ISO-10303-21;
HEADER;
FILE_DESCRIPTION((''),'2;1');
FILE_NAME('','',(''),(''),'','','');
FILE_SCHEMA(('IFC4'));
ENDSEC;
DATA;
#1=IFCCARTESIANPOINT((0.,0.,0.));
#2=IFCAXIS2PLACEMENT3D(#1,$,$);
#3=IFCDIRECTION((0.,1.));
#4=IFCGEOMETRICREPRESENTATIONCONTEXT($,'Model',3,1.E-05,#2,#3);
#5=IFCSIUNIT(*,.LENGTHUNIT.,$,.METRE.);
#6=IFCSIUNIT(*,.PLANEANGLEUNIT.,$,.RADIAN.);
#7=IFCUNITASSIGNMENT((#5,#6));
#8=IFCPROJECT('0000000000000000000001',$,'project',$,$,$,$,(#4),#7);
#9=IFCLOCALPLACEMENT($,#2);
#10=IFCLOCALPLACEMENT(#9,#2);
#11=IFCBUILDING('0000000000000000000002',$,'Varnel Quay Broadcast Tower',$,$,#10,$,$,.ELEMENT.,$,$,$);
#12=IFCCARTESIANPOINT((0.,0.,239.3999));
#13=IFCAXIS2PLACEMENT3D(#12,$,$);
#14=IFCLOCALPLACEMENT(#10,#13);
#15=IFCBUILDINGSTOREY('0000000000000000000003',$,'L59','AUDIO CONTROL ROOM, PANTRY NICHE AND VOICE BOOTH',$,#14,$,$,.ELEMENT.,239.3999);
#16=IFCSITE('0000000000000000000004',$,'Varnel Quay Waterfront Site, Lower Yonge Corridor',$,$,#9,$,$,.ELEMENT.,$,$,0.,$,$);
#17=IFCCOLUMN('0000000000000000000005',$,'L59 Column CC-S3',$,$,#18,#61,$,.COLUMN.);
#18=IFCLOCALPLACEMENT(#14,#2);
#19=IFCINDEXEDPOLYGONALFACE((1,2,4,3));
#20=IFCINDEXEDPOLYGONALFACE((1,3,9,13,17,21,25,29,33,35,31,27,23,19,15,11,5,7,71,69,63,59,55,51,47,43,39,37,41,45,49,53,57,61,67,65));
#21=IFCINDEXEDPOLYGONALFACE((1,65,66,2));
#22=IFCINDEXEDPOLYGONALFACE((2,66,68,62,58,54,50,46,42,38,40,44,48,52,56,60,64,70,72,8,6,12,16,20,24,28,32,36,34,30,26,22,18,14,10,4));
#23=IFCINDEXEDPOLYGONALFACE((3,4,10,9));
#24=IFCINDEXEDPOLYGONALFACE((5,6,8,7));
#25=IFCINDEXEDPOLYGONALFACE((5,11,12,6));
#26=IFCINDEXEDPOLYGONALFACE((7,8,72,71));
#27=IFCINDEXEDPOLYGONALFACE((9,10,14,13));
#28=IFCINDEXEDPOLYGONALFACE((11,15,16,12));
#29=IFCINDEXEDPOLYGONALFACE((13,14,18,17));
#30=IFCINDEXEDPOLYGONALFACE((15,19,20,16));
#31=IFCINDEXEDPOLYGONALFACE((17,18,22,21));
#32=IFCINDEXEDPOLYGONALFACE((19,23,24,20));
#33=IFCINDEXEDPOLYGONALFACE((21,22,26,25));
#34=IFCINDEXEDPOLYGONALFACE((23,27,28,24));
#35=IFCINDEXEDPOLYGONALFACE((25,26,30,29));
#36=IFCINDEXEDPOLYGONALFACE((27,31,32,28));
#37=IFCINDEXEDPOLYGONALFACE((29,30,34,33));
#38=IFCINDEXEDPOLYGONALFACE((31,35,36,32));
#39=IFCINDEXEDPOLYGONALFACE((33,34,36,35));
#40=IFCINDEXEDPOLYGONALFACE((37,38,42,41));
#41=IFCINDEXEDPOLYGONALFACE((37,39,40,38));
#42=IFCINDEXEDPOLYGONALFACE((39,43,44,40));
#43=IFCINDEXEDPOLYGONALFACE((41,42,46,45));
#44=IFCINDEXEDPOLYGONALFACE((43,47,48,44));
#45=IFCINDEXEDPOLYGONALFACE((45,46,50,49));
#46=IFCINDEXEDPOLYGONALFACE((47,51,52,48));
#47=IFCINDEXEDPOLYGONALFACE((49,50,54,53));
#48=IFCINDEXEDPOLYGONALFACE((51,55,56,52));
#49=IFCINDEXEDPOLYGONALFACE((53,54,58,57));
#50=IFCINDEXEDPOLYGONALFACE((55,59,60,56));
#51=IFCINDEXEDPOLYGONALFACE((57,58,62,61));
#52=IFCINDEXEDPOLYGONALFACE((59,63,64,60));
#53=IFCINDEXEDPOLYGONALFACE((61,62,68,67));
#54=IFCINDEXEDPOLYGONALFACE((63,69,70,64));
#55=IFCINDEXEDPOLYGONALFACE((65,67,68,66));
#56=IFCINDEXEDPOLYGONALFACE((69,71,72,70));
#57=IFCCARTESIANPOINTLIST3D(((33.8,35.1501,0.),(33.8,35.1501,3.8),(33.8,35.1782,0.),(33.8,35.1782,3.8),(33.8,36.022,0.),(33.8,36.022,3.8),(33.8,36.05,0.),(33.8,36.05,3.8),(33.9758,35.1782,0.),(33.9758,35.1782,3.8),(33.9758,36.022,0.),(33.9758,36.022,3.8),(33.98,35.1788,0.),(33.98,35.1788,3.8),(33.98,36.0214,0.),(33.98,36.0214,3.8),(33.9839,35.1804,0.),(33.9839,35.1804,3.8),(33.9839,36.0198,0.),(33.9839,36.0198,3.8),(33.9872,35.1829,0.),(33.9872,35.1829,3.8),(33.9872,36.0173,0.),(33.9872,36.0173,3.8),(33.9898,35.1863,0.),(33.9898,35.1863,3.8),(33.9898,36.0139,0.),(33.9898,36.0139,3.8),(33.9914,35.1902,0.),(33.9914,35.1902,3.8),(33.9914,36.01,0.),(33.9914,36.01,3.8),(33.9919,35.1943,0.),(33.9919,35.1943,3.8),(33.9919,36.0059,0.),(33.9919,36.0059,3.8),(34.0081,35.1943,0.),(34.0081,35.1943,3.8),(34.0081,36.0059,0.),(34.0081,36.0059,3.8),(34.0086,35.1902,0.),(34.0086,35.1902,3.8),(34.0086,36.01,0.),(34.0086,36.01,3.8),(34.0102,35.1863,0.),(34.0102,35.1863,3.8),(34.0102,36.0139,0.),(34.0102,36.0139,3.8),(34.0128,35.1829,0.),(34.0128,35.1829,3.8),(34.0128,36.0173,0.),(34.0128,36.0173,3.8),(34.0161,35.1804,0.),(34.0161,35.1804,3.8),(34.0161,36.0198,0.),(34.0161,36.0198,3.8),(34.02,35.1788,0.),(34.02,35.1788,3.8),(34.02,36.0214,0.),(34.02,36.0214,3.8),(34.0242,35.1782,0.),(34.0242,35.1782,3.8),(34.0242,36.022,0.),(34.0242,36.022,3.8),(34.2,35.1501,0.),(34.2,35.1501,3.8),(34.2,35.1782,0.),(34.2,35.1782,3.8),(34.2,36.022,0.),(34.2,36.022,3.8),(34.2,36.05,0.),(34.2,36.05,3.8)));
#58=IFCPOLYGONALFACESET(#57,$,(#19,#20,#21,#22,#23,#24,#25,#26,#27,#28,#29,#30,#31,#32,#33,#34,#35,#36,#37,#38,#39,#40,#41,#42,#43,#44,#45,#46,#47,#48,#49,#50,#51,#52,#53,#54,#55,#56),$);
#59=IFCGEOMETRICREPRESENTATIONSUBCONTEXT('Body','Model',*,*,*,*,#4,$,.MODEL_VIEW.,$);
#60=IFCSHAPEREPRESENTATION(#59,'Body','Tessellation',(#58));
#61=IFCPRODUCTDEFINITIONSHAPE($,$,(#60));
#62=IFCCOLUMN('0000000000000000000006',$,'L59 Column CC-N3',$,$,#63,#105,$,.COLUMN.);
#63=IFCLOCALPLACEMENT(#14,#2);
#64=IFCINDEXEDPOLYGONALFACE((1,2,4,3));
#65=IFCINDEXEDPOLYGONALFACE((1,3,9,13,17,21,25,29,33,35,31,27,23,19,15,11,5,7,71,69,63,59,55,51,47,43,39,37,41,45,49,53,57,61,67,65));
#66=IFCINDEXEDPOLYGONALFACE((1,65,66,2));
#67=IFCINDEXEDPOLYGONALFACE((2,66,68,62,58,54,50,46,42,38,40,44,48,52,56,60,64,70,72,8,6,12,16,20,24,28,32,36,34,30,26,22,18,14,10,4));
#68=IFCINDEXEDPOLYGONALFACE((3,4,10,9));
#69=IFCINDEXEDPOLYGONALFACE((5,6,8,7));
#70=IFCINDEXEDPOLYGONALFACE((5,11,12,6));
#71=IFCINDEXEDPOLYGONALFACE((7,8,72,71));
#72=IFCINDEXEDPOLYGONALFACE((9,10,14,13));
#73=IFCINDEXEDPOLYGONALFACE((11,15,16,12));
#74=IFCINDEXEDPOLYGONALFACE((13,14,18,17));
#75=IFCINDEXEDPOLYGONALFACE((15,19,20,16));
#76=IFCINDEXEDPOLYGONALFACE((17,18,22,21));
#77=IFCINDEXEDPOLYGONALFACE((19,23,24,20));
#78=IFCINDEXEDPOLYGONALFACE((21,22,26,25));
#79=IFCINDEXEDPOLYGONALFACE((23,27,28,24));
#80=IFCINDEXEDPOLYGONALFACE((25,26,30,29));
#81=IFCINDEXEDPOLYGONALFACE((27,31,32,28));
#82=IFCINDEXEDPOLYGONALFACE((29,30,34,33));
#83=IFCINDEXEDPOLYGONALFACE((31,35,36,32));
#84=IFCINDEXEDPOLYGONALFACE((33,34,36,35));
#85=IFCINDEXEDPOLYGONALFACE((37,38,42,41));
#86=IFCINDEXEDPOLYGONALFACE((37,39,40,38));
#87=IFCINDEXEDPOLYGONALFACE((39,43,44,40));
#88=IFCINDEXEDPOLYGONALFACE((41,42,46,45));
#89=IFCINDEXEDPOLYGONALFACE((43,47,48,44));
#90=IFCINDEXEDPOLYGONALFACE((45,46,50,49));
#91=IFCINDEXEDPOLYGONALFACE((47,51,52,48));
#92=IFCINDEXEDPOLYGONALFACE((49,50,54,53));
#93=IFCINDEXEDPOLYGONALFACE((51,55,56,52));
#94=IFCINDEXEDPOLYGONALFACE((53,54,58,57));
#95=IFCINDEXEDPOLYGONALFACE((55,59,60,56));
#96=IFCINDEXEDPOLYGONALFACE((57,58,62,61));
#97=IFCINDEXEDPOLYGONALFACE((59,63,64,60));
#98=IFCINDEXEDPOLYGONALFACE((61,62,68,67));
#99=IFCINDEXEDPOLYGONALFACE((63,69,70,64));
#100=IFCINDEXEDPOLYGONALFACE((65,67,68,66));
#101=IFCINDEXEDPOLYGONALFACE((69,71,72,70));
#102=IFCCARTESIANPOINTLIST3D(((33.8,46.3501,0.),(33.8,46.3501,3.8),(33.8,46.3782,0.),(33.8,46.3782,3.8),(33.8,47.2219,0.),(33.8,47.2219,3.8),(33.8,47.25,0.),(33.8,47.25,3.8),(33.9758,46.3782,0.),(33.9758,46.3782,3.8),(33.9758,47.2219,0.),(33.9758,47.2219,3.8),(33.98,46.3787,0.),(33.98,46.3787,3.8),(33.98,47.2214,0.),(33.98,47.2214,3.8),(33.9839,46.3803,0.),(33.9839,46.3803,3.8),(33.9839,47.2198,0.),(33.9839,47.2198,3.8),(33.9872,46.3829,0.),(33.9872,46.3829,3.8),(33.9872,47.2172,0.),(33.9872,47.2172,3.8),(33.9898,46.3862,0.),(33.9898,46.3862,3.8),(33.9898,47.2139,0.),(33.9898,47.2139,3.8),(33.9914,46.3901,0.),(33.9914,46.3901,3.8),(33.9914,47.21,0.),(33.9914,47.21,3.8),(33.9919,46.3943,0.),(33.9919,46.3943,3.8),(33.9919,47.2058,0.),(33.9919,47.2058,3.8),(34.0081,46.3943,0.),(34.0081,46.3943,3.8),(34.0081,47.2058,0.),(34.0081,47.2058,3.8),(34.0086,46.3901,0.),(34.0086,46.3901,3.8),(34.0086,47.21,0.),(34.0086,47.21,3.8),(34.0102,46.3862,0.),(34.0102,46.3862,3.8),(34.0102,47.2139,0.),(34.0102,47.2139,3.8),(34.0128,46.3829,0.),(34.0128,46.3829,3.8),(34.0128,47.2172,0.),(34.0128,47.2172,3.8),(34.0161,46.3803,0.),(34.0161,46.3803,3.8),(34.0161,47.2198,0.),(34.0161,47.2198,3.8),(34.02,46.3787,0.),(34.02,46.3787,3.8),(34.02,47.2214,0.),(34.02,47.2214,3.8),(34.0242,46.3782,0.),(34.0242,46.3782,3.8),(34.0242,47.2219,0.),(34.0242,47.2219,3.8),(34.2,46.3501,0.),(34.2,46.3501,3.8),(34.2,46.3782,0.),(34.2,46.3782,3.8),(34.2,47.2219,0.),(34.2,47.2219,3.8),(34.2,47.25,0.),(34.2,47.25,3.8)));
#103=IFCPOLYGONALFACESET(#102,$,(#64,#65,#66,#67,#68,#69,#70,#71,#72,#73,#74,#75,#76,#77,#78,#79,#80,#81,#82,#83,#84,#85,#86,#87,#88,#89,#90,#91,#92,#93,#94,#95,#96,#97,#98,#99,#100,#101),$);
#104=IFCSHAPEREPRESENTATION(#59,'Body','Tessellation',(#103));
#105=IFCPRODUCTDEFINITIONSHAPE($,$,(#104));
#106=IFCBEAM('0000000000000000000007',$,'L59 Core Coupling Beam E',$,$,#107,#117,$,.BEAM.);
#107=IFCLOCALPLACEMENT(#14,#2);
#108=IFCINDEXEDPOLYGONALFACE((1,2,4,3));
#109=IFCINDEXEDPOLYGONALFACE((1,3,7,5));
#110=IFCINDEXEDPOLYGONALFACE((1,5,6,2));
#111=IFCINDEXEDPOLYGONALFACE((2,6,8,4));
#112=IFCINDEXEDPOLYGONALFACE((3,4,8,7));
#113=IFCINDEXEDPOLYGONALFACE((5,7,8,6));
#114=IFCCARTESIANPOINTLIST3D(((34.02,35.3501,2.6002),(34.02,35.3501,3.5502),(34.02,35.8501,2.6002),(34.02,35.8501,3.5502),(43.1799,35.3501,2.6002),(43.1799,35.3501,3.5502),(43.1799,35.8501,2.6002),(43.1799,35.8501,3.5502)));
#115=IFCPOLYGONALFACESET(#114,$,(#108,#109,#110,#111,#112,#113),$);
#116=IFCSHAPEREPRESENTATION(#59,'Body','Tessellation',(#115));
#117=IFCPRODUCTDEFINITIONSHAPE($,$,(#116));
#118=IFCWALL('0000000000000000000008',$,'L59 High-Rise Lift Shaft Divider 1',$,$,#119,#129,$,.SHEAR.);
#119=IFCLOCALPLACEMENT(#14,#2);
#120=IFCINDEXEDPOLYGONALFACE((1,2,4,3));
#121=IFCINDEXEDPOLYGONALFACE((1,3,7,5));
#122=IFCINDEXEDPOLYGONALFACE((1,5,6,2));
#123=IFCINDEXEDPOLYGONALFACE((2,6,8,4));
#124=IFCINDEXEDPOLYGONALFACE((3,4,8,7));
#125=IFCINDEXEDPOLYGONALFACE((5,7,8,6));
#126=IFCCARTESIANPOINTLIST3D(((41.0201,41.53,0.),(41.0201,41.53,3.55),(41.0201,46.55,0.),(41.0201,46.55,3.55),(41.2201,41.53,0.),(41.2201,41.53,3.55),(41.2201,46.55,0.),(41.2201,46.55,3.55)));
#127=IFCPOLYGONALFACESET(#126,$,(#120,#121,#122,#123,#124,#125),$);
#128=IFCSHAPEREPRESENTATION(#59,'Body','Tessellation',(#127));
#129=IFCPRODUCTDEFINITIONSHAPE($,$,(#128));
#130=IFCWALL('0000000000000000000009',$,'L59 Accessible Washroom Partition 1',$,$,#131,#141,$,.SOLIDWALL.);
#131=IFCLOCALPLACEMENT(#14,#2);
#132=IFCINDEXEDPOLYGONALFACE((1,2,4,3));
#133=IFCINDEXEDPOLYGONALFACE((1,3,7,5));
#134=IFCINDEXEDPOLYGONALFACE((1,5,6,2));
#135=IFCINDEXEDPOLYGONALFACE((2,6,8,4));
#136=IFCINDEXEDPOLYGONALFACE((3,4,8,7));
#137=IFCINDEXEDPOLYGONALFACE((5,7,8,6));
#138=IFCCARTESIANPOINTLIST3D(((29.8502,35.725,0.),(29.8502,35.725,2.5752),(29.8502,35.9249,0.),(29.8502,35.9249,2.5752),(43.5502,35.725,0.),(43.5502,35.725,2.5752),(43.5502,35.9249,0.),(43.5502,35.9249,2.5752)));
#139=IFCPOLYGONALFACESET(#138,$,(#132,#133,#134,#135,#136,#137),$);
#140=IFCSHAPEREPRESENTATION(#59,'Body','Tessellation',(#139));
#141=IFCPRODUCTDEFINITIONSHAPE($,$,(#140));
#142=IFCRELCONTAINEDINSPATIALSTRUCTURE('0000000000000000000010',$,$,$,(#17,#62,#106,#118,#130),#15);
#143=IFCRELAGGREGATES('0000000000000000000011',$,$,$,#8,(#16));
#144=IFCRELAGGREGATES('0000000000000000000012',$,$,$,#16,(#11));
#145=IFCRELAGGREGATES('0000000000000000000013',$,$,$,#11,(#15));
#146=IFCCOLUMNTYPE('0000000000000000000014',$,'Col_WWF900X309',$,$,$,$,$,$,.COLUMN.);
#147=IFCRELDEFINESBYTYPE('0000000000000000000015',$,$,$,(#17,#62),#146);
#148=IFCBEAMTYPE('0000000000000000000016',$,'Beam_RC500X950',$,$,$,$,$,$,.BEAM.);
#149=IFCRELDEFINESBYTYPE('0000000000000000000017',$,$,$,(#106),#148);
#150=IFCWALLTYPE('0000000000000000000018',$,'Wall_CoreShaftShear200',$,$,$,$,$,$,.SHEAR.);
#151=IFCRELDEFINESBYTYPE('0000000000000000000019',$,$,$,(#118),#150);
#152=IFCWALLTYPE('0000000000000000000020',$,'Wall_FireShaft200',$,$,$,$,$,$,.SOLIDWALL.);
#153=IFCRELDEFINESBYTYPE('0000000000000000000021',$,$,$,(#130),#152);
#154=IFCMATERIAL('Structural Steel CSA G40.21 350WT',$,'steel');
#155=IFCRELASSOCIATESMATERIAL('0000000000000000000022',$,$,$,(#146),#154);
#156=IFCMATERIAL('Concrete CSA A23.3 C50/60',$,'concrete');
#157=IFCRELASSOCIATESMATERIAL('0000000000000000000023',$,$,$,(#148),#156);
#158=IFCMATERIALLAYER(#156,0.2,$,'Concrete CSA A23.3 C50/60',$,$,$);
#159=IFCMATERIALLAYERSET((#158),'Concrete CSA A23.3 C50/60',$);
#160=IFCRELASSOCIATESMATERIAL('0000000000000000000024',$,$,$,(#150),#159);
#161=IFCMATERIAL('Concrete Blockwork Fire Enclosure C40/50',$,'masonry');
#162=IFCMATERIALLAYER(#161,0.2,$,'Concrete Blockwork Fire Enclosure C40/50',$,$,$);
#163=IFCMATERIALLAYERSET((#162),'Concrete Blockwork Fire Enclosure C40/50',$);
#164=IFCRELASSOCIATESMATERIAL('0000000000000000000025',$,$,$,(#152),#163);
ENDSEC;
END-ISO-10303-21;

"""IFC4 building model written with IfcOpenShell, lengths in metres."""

from ifc_helpers import new_model, si_unit, direction, frame, frame_2d, origin, origin_2d, place, context, subcontext, project, spatial, rectangle, i_section, extrude, source, transform, mapped, material, layer, layer_set, material_profile, profile_set, type_object, type_shapes, element, save


model = new_model("IFC4")

# Units and contexts
model_context = context("Model", 3, precision=1e-05, world=origin(), true_north=direction((0.0, 1.0)))
body_context = subcontext(model_context, "Body", "Model", "MODEL_VIEW")
ifc_project = project(units=[si_unit("LENGTHUNIT", "METRE"), si_unit("PLANEANGLEUNIT", "RADIAN")], contexts=[model_context])

# Site, building, storey
site_placement = place(None, origin())
site = spatial("IfcSite", under=ifc_project, at=site_placement, Name="Varnel Quay Waterfront Site, Lower Yonge Corridor", CompositionType="ELEMENT", RefElevation=0.0)
building_placement = place(site_placement, origin())
building = spatial("IfcBuilding", under=site, at=building_placement, Name="Varnel Quay Broadcast Tower", CompositionType="ELEMENT")
storey_placement = place(building_placement, frame((0.0, 0.0, 239.3999)))
storey = spatial("IfcBuildingStorey", under=building, at=storey_placement, Name="L59", Description="AUDIO CONTROL ROOM, PANTRY NICHE AND VOICE BOOTH", CompositionType="ELEMENT", Elevation=239.3999)

# Columns
ifc_material_1 = material(Name="Structural Steel CSA G40.21 350WT", Category="steel")
ifc_material_profile_1 = material_profile(ifc_material_1, i_section(OverallWidth=0.3999, OverallDepth=0.8999, WebThickness=0.0161, FlangeThickness=0.0281, FilletRadius=0.0161, at=origin_2d()), Name="WWF900X309")
ifc_profile_set_1 = profile_set([ifc_material_profile_1], Name="Structural Steel CSA G40.21 350WT")
column_type = type_object("IfcColumnType", Name="Col_WWF900X309", PredefinedType="COLUMN", material=ifc_profile_set_1)
shared_shape_1 = source(origin(), body_context, "Body", "SweptSolid", [
    extrude(i_section(OverallWidth=0.3999, OverallDepth=0.8999, WebThickness=0.0161, FlangeThickness=0.0281, FilletRadius=0.0161, at=origin_2d()), origin(), (0.0, 0.0, 1.0), 3.8),
])
type_shapes(column_type, [shared_shape_1])
for number, where, z_axis, x_axis, name in (
    (1, (34.0, 35.6001, 0.0), (0.0, 0.0, 1.0), (1.0, 0.0, 0.0), "L59 Column CC-S3"),
    (2, (34.0, 46.8, 0.0), (0.0, 0.0, 1.0), (1.0, 0.0, 0.0), "L59 Column CC-N3"),
):
    element("IfcColumn", number, at=place(storey_placement, frame(where, z_axis=z_axis, x_axis=x_axis)), inside=storey, type_object=column_type, Name=name, PredefinedType="COLUMN", context=body_context, shape_type="MappedRepresentation", body=[
        mapped(shared_shape_1, transform((0.0, 0.0, 0.0), x_axis=(1.0, 0.0, 0.0), y_axis=(0.0, 1.0, 0.0), z_axis=(0.0, 0.0, 1.0), scale=1.0)),
    ])

# Beam
ifc_material_2 = material(Name="Concrete CSA A23.3 C50/60", Category="concrete")
ifc_material_profile_2 = material_profile(ifc_material_2, rectangle(XDim=0.5, YDim=0.95, at=origin_2d()), Name="RC500X950")
ifc_profile_set_2 = profile_set([ifc_material_profile_2], Name="Concrete CSA A23.3 C50/60")
beam_type = type_object("IfcBeamType", Name="Beam_RC500X950", PredefinedType="BEAM", material=ifc_profile_set_2)
shared_shape_2 = source(origin(), body_context, "Body", "SweptSolid", [
    extrude(rectangle(XDim=0.5, YDim=0.95, at=origin_2d()), origin(), (0.0, 0.0, 1.0), 9.1599),
])
type_shapes(beam_type, [shared_shape_2])
beam_placement = place(storey_placement, frame((34.02, 35.6001, 3.0752), z_axis=(1.0, 0.0, 0.0), x_axis=(0.0, 1.0, 0.0)))
element("IfcBeam", 3, at=beam_placement, inside=storey, type_object=beam_type, Name="L59 Core Coupling Beam E", PredefinedType="BEAM", context=body_context, shape_type="MappedRepresentation", body=[
    mapped(shared_shape_2, transform((0.0, 0.0, 0.0), x_axis=(1.0, 0.0, 0.0), y_axis=(0.0, 1.0, 0.0), z_axis=(0.0, 0.0, 1.0), scale=1.0)),
])

# Walls
ifc_layer_1 = layer(ifc_material_2, 0.2, Name="Concrete CSA A23.3 C50/60")
ifc_layer_set_1 = layer_set([ifc_layer_1], Name="Concrete CSA A23.3 C50/60")
wall_type_1 = type_object("IfcWallType", Name="Wall_CoreShaftShear200", PredefinedType="SHEAR", material=ifc_layer_set_1)
wall_1_placement = place(storey_placement, frame((41.1201, 41.53, 0.0), z_axis=(0.0, 0.0, 1.0), x_axis=(0.0, 1.0, 0.0)))
element("IfcWall", 4, at=wall_1_placement, inside=storey, type_object=wall_type_1, Name="L59 High-Rise Lift Shaft Divider 1", PredefinedType="SHEAR", context=body_context, shape_type="SweptSolid", body=[
    extrude(rectangle(XDim=5.02, YDim=0.2, at=frame_2d((2.51, 0.0))), origin(), (0.0, 0.0, 1.0), 3.55),
])
ifc_material_3 = material(Name="Concrete Blockwork Fire Enclosure C40/50", Category="masonry")
ifc_layer_2 = layer(ifc_material_3, 0.2, Name="Concrete Blockwork Fire Enclosure C40/50")
ifc_layer_set_2 = layer_set([ifc_layer_2], Name="Concrete Blockwork Fire Enclosure C40/50")
wall_type_2 = type_object("IfcWallType", Name="Wall_FireShaft200", PredefinedType="SOLIDWALL", material=ifc_layer_set_2)
wall_2_placement = place(storey_placement, frame((29.8501, 35.825, 0.0), z_axis=(0.0, 0.0, 1.0), x_axis=(1.0, 0.0, 0.0)))
element("IfcWall", 5, at=wall_2_placement, inside=storey, type_object=wall_type_2, Name="L59 Accessible Washroom Partition 1", PredefinedType="SOLIDWALL", context=body_context, shape_type="SweptSolid", body=[
    extrude(rectangle(XDim=13.7, YDim=0.2, at=frame_2d((6.8501, 0.0))), origin(), (0.0, 0.0, 1.0), 2.5752),
])

save(model, "model.ifc")
